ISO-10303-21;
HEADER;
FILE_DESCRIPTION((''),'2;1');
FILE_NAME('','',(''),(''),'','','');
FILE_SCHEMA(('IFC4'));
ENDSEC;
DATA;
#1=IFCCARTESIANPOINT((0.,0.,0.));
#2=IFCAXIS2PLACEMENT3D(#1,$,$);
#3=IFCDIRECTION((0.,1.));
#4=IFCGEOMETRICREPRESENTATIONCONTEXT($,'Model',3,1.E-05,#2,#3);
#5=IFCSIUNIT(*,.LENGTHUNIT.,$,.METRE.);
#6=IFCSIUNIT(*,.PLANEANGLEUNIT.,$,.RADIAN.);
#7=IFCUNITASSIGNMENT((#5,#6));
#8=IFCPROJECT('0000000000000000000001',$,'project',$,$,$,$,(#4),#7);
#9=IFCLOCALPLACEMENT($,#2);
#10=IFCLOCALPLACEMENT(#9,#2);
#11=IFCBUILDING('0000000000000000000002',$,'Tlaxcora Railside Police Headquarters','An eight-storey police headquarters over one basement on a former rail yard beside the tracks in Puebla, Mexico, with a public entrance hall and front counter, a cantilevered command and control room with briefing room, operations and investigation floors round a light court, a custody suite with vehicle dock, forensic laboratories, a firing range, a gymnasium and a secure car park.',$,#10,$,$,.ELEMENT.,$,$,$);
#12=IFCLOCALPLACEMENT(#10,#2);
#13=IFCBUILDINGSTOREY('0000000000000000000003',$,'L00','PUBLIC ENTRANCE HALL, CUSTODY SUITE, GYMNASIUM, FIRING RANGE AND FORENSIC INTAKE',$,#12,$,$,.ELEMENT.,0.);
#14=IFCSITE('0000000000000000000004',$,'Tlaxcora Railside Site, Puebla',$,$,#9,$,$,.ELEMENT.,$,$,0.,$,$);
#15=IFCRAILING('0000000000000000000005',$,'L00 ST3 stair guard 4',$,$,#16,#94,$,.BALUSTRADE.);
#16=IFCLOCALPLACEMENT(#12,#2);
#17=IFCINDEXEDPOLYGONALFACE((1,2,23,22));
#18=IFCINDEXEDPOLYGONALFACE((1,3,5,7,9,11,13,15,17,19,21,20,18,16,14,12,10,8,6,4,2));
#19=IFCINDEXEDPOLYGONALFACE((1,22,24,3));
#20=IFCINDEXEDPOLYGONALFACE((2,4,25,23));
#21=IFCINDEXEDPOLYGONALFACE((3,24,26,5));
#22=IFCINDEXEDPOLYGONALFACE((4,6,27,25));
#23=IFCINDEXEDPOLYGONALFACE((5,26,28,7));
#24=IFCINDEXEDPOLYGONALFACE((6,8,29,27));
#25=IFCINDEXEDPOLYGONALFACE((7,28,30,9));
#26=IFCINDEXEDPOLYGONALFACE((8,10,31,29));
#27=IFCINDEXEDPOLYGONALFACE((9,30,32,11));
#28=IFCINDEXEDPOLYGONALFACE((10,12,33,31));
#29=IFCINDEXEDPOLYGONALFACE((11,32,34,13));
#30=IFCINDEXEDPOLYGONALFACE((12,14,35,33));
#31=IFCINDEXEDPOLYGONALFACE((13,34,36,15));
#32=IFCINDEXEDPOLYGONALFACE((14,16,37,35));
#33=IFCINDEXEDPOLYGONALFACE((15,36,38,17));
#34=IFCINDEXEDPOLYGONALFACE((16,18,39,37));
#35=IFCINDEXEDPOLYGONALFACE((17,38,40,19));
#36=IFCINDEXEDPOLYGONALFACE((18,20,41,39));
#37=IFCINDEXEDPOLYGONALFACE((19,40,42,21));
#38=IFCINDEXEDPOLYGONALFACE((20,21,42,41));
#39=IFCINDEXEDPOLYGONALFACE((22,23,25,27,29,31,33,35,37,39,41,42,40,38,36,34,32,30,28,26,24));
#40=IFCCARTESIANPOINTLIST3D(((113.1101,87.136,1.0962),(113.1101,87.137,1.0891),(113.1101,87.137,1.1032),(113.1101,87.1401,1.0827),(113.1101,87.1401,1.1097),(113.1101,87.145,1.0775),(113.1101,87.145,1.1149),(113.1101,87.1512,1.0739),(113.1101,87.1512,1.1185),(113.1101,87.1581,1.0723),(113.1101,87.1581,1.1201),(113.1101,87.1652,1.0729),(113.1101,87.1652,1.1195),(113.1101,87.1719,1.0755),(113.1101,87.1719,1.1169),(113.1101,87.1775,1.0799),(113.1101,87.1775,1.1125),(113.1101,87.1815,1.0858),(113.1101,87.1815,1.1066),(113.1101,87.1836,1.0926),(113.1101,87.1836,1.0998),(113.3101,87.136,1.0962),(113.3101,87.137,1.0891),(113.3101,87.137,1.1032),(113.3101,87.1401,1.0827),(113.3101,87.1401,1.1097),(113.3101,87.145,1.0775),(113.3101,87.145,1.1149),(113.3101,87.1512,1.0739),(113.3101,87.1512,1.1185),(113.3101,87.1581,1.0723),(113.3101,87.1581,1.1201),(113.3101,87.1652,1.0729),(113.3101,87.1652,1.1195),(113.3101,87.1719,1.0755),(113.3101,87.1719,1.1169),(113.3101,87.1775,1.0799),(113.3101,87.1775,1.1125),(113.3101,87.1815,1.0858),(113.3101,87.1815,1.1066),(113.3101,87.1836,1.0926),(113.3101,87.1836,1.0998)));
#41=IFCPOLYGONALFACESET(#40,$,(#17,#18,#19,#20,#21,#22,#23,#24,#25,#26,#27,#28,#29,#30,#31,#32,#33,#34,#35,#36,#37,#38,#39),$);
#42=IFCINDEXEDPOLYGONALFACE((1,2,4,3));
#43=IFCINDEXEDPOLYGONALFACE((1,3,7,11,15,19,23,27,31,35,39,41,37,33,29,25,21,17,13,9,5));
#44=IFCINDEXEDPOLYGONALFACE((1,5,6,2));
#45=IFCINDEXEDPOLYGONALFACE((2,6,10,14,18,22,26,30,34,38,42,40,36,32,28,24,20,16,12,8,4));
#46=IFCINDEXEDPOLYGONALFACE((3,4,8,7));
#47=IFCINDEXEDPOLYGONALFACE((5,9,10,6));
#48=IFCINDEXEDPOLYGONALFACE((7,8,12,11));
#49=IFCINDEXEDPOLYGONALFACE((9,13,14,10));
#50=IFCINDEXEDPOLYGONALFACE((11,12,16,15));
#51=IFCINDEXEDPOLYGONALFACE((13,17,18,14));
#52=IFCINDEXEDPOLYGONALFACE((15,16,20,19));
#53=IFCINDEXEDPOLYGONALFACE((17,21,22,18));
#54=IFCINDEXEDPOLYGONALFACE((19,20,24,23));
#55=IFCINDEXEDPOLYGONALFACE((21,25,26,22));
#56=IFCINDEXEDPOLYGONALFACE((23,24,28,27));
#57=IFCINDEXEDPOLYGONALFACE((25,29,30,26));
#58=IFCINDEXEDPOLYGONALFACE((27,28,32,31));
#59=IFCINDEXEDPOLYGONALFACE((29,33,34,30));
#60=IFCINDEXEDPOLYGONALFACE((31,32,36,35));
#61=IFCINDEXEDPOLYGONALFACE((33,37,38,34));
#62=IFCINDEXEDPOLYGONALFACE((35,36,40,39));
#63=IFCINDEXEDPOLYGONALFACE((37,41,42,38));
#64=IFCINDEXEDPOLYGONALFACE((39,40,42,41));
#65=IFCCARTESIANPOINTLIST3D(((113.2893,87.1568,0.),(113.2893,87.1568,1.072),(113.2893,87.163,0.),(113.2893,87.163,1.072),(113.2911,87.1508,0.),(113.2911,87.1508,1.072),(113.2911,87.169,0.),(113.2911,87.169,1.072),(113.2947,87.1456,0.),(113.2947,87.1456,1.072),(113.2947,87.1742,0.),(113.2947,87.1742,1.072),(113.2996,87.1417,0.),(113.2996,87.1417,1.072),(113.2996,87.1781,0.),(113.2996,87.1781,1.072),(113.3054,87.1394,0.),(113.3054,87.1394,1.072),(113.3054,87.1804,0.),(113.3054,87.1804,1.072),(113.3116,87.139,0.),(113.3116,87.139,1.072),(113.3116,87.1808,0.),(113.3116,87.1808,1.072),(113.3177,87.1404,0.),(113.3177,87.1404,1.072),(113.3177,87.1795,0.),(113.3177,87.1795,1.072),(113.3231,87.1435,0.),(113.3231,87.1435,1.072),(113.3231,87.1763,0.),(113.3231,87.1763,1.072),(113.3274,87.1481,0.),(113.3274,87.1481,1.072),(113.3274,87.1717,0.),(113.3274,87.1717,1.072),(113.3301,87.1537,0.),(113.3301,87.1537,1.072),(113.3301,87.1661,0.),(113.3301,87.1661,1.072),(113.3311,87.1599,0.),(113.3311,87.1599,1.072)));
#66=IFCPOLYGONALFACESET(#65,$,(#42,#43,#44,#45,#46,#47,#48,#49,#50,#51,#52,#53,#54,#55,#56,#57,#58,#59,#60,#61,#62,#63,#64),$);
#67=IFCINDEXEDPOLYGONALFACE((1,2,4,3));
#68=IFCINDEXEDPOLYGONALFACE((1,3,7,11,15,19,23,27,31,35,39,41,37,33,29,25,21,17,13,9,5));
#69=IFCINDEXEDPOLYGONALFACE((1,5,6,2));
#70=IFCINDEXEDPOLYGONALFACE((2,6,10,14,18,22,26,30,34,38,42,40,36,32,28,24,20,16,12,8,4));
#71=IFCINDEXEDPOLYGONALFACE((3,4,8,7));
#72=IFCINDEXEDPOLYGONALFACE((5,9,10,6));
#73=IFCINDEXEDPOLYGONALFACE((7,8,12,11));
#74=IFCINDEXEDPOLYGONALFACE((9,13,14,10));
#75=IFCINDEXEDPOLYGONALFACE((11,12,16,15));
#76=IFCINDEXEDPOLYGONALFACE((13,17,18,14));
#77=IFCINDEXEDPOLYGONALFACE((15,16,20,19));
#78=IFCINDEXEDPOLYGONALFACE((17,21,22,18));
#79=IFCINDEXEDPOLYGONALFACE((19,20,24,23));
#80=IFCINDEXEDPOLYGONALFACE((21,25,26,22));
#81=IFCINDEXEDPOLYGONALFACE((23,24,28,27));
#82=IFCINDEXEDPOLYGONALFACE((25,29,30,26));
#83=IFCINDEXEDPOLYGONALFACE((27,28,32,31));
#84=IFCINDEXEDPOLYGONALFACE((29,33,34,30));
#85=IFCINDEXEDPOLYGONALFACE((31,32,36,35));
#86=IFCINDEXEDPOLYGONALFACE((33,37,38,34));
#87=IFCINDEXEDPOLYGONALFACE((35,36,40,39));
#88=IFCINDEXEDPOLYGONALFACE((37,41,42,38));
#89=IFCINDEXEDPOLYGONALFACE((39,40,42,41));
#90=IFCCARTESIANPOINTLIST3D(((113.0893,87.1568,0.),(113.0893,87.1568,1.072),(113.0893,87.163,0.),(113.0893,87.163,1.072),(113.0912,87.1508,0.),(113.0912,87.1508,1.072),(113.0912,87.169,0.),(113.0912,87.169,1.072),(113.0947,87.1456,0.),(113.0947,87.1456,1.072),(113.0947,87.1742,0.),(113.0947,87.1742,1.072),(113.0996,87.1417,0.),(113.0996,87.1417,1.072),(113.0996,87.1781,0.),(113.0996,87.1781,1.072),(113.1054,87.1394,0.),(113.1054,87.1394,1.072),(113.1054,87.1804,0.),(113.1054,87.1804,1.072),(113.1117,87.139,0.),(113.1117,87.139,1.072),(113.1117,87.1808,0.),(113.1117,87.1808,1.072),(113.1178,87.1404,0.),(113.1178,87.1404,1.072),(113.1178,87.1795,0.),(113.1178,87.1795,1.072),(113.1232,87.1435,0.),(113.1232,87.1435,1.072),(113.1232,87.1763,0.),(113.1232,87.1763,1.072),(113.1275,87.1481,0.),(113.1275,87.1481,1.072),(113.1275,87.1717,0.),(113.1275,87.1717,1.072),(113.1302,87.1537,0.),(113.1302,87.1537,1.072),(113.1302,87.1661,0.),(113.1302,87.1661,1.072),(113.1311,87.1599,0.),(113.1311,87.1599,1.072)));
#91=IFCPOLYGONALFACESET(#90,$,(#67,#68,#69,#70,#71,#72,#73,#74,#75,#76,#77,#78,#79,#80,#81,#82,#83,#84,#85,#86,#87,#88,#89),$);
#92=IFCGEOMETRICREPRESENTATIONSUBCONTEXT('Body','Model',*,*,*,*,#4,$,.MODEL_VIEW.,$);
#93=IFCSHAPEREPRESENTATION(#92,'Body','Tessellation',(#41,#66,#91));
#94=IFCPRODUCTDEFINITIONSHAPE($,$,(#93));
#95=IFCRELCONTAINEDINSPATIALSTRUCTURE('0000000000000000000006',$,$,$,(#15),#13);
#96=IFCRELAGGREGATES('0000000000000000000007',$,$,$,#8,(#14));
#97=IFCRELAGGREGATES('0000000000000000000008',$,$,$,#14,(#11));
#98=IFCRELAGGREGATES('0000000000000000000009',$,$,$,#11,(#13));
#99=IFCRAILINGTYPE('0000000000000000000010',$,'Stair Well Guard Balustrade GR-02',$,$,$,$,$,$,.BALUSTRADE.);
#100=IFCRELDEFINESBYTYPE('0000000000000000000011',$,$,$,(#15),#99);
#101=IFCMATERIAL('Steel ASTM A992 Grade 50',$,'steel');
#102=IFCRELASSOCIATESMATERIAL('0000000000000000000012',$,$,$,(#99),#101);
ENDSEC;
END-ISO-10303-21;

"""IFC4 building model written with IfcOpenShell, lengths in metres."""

from ifc_helpers import new_model, si_unit, direction, frame, origin, origin_2d, place, context, subcontext, project, spatial, circle, extrude, material, type_object, element, save


model = new_model("IFC4")

# Units and contexts
model_context = context("Model", 3, precision=1e-05, world=origin(), true_north=direction((0.0, 1.0)))
body_context = subcontext(model_context, "Body", "Model", "MODEL_VIEW")
ifc_project = project(units=[si_unit("LENGTHUNIT", "METRE"), si_unit("PLANEANGLEUNIT", "RADIAN")], contexts=[model_context])

# Site, building, storey
site_placement = place(None, origin())
site = spatial("IfcSite", under=ifc_project, at=site_placement, Name="Tlaxcora Railside Site, Puebla", CompositionType="ELEMENT", RefElevation=0.0)
building_placement = place(site_placement, origin())
building = spatial("IfcBuilding", under=site, at=building_placement, Name="Tlaxcora Railside Police Headquarters", Description="An eight-storey police headquarters over one basement on a former rail yard beside the tracks in Puebla, Mexico, with a public entrance hall and front counter, a cantilevered command and control room with briefing room, operations and investigation floors round a light court, a custody suite with vehicle dock, forensic laboratories, a firing range, a gymnasium and a secure car park.", CompositionType="ELEMENT")
storey_placement = place(building_placement, origin())
storey = spatial("IfcBuildingStorey", under=building, at=storey_placement, Name="L00", Description="PUBLIC ENTRANCE HALL, CUSTODY SUITE, GYMNASIUM, FIRING RANGE AND FORENSIC INTAKE", CompositionType="ELEMENT", Elevation=0.0)

# Shared definitions
ifc_material_1 = material(Name="Steel ASTM A992 Grade 50", Category="steel")

# Railing
railing_type_1 = type_object("IfcRailingType", Name="Stair Well Guard Balustrade GR-02", PredefinedType="BALUSTRADE", material=ifc_material_1)
railing_1_placement = place(storey_placement, frame((113.3101, 87.1599, 0.0)))
element("IfcRailing", 1, at=railing_1_placement, inside=storey, type_object=railing_type_1, Name="L00 ST3 stair guard 4", PredefinedType="BALUSTRADE", context=body_context, shape_type="SweptSolid", body=[
    extrude(circle(Radius=0.0239, at=origin_2d()), frame((0.0, 0.0, 1.0962), z_axis=(-1.0, 0.0, 0.0), x_axis=(0.0, -1.0, 0.0)), (0.0, 0.0, 1.0), 0.2),
    extrude(circle(Radius=0.021, at=origin_2d()), origin(), (0.0, 0.0, 1.0), 1.072),
    extrude(circle(Radius=0.021, at=origin_2d()), frame((-0.2, 0.0, 0.0)), (0.0, 0.0, 1.0), 1.072),
])

save(model, "model.ifc")
